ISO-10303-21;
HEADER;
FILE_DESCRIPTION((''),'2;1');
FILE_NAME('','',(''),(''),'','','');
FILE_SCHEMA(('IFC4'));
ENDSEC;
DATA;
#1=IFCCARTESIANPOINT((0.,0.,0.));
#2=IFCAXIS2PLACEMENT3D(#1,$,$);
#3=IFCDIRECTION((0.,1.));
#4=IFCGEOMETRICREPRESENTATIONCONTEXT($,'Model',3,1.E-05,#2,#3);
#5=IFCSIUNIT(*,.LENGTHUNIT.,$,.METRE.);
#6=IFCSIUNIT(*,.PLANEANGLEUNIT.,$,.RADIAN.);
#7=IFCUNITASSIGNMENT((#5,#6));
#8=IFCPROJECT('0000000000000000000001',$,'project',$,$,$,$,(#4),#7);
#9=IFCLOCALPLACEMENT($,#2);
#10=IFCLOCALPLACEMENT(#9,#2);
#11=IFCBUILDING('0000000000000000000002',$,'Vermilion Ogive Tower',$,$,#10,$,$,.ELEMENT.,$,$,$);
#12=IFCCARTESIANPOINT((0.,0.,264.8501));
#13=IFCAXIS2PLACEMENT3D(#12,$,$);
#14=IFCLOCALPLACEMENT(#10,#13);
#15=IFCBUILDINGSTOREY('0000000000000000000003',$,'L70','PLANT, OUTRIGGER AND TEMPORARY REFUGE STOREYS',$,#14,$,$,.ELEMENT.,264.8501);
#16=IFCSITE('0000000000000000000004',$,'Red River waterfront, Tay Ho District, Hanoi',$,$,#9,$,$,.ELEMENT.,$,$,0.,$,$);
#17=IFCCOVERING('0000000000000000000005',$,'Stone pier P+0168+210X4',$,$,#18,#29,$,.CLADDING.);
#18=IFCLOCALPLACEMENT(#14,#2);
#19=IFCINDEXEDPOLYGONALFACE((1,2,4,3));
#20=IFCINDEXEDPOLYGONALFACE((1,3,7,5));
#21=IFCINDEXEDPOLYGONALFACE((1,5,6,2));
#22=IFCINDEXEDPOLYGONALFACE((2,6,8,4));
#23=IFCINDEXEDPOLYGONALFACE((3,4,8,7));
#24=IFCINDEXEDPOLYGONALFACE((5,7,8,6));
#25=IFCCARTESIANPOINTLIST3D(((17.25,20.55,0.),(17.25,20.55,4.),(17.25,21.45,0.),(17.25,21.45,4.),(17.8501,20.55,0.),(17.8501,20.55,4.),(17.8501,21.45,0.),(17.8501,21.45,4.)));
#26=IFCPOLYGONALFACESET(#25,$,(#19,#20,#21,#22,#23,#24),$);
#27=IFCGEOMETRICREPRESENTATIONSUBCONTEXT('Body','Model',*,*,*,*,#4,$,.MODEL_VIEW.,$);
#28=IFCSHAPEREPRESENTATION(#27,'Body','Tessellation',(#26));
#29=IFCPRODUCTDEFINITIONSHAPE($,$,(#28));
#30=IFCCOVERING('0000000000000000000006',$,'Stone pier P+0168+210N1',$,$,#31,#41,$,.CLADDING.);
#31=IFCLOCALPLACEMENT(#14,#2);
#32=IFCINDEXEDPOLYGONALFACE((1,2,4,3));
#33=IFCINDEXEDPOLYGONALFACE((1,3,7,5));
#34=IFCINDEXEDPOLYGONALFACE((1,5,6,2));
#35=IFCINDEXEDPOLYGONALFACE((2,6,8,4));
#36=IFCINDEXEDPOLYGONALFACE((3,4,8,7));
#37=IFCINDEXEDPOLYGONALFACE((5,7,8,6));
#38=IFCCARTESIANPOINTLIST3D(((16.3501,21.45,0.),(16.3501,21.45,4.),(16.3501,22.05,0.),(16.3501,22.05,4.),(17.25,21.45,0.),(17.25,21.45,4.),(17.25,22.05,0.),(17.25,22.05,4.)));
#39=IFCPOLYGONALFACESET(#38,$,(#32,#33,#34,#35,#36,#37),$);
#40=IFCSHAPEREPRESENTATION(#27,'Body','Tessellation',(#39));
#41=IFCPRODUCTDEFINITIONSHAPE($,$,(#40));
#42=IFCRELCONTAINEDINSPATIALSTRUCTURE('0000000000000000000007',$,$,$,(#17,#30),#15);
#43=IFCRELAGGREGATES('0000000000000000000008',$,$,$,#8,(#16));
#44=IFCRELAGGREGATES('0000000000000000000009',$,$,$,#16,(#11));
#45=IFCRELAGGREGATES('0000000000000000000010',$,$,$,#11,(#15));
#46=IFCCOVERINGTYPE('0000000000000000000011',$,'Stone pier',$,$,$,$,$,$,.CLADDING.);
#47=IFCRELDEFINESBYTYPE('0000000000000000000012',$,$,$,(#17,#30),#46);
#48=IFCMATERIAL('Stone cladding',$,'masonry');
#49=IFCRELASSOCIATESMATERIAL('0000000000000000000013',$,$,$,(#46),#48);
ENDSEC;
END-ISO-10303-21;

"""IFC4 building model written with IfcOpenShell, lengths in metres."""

from ifc_helpers import new_model, si_unit, direction, frame, origin, place, context, subcontext, project, spatial, polyline, outline, extrude, material, type_object, element, save


model = new_model("IFC4")

# Units and contexts
model_context = context("Model", 3, precision=1e-05, world=origin(), true_north=direction((0.0, 1.0)))
body_context = subcontext(model_context, "Body", "Model", "MODEL_VIEW")
ifc_project = project(units=[si_unit("LENGTHUNIT", "METRE"), si_unit("PLANEANGLEUNIT", "RADIAN")], contexts=[model_context])

# Site, building, storey
site_placement = place(None, origin())
site = spatial("IfcSite", under=ifc_project, at=site_placement, Name="Red River waterfront, Tay Ho District, Hanoi", CompositionType="ELEMENT", RefElevation=0.0)
building_placement = place(site_placement, origin())
building = spatial("IfcBuilding", under=site, at=building_placement, Name="Vermilion Ogive Tower", CompositionType="ELEMENT")
storey_placement = place(building_placement, frame((0.0, 0.0, 264.8501)))
storey = spatial("IfcBuildingStorey", under=building, at=storey_placement, Name="L70", Description="PLANT, OUTRIGGER AND TEMPORARY REFUGE STOREYS", CompositionType="ELEMENT", Elevation=264.8501)

# Coverings
ifc_material_1 = material(Name="Stone cladding", Category="masonry")
covering_type = type_object("IfcCoveringType", Name="Stone pier", PredefinedType="CLADDING", material=ifc_material_1)
covering_1_placement = place(storey_placement, origin())
element("IfcCovering", 1, at=covering_1_placement, inside=storey, type_object=covering_type, Name="Stone pier P+0168+210X4", PredefinedType="CLADDING", context=body_context, shape_type="SweptSolid", body=[
    extrude(outline(polyline([(17.8501, 21.45), (17.8501, 20.55), (17.25, 20.55), (17.25, 21.45), (17.8501, 21.45)])), origin(), (0.0, 0.0, 1.0), 4.0),
])
covering_2_placement = place(storey_placement, origin())
element("IfcCovering", 2, at=covering_2_placement, inside=storey, type_object=covering_type, Name="Stone pier P+0168+210N1", PredefinedType="CLADDING", context=body_context, shape_type="SweptSolid", body=[
    extrude(outline(polyline([(17.25, 22.05), (17.25, 21.45), (16.3501, 21.45), (16.3501, 22.05), (17.25, 22.05)])), origin(), (0.0, 0.0, 1.0), 4.0),
])

save(model, "model.ifc")
